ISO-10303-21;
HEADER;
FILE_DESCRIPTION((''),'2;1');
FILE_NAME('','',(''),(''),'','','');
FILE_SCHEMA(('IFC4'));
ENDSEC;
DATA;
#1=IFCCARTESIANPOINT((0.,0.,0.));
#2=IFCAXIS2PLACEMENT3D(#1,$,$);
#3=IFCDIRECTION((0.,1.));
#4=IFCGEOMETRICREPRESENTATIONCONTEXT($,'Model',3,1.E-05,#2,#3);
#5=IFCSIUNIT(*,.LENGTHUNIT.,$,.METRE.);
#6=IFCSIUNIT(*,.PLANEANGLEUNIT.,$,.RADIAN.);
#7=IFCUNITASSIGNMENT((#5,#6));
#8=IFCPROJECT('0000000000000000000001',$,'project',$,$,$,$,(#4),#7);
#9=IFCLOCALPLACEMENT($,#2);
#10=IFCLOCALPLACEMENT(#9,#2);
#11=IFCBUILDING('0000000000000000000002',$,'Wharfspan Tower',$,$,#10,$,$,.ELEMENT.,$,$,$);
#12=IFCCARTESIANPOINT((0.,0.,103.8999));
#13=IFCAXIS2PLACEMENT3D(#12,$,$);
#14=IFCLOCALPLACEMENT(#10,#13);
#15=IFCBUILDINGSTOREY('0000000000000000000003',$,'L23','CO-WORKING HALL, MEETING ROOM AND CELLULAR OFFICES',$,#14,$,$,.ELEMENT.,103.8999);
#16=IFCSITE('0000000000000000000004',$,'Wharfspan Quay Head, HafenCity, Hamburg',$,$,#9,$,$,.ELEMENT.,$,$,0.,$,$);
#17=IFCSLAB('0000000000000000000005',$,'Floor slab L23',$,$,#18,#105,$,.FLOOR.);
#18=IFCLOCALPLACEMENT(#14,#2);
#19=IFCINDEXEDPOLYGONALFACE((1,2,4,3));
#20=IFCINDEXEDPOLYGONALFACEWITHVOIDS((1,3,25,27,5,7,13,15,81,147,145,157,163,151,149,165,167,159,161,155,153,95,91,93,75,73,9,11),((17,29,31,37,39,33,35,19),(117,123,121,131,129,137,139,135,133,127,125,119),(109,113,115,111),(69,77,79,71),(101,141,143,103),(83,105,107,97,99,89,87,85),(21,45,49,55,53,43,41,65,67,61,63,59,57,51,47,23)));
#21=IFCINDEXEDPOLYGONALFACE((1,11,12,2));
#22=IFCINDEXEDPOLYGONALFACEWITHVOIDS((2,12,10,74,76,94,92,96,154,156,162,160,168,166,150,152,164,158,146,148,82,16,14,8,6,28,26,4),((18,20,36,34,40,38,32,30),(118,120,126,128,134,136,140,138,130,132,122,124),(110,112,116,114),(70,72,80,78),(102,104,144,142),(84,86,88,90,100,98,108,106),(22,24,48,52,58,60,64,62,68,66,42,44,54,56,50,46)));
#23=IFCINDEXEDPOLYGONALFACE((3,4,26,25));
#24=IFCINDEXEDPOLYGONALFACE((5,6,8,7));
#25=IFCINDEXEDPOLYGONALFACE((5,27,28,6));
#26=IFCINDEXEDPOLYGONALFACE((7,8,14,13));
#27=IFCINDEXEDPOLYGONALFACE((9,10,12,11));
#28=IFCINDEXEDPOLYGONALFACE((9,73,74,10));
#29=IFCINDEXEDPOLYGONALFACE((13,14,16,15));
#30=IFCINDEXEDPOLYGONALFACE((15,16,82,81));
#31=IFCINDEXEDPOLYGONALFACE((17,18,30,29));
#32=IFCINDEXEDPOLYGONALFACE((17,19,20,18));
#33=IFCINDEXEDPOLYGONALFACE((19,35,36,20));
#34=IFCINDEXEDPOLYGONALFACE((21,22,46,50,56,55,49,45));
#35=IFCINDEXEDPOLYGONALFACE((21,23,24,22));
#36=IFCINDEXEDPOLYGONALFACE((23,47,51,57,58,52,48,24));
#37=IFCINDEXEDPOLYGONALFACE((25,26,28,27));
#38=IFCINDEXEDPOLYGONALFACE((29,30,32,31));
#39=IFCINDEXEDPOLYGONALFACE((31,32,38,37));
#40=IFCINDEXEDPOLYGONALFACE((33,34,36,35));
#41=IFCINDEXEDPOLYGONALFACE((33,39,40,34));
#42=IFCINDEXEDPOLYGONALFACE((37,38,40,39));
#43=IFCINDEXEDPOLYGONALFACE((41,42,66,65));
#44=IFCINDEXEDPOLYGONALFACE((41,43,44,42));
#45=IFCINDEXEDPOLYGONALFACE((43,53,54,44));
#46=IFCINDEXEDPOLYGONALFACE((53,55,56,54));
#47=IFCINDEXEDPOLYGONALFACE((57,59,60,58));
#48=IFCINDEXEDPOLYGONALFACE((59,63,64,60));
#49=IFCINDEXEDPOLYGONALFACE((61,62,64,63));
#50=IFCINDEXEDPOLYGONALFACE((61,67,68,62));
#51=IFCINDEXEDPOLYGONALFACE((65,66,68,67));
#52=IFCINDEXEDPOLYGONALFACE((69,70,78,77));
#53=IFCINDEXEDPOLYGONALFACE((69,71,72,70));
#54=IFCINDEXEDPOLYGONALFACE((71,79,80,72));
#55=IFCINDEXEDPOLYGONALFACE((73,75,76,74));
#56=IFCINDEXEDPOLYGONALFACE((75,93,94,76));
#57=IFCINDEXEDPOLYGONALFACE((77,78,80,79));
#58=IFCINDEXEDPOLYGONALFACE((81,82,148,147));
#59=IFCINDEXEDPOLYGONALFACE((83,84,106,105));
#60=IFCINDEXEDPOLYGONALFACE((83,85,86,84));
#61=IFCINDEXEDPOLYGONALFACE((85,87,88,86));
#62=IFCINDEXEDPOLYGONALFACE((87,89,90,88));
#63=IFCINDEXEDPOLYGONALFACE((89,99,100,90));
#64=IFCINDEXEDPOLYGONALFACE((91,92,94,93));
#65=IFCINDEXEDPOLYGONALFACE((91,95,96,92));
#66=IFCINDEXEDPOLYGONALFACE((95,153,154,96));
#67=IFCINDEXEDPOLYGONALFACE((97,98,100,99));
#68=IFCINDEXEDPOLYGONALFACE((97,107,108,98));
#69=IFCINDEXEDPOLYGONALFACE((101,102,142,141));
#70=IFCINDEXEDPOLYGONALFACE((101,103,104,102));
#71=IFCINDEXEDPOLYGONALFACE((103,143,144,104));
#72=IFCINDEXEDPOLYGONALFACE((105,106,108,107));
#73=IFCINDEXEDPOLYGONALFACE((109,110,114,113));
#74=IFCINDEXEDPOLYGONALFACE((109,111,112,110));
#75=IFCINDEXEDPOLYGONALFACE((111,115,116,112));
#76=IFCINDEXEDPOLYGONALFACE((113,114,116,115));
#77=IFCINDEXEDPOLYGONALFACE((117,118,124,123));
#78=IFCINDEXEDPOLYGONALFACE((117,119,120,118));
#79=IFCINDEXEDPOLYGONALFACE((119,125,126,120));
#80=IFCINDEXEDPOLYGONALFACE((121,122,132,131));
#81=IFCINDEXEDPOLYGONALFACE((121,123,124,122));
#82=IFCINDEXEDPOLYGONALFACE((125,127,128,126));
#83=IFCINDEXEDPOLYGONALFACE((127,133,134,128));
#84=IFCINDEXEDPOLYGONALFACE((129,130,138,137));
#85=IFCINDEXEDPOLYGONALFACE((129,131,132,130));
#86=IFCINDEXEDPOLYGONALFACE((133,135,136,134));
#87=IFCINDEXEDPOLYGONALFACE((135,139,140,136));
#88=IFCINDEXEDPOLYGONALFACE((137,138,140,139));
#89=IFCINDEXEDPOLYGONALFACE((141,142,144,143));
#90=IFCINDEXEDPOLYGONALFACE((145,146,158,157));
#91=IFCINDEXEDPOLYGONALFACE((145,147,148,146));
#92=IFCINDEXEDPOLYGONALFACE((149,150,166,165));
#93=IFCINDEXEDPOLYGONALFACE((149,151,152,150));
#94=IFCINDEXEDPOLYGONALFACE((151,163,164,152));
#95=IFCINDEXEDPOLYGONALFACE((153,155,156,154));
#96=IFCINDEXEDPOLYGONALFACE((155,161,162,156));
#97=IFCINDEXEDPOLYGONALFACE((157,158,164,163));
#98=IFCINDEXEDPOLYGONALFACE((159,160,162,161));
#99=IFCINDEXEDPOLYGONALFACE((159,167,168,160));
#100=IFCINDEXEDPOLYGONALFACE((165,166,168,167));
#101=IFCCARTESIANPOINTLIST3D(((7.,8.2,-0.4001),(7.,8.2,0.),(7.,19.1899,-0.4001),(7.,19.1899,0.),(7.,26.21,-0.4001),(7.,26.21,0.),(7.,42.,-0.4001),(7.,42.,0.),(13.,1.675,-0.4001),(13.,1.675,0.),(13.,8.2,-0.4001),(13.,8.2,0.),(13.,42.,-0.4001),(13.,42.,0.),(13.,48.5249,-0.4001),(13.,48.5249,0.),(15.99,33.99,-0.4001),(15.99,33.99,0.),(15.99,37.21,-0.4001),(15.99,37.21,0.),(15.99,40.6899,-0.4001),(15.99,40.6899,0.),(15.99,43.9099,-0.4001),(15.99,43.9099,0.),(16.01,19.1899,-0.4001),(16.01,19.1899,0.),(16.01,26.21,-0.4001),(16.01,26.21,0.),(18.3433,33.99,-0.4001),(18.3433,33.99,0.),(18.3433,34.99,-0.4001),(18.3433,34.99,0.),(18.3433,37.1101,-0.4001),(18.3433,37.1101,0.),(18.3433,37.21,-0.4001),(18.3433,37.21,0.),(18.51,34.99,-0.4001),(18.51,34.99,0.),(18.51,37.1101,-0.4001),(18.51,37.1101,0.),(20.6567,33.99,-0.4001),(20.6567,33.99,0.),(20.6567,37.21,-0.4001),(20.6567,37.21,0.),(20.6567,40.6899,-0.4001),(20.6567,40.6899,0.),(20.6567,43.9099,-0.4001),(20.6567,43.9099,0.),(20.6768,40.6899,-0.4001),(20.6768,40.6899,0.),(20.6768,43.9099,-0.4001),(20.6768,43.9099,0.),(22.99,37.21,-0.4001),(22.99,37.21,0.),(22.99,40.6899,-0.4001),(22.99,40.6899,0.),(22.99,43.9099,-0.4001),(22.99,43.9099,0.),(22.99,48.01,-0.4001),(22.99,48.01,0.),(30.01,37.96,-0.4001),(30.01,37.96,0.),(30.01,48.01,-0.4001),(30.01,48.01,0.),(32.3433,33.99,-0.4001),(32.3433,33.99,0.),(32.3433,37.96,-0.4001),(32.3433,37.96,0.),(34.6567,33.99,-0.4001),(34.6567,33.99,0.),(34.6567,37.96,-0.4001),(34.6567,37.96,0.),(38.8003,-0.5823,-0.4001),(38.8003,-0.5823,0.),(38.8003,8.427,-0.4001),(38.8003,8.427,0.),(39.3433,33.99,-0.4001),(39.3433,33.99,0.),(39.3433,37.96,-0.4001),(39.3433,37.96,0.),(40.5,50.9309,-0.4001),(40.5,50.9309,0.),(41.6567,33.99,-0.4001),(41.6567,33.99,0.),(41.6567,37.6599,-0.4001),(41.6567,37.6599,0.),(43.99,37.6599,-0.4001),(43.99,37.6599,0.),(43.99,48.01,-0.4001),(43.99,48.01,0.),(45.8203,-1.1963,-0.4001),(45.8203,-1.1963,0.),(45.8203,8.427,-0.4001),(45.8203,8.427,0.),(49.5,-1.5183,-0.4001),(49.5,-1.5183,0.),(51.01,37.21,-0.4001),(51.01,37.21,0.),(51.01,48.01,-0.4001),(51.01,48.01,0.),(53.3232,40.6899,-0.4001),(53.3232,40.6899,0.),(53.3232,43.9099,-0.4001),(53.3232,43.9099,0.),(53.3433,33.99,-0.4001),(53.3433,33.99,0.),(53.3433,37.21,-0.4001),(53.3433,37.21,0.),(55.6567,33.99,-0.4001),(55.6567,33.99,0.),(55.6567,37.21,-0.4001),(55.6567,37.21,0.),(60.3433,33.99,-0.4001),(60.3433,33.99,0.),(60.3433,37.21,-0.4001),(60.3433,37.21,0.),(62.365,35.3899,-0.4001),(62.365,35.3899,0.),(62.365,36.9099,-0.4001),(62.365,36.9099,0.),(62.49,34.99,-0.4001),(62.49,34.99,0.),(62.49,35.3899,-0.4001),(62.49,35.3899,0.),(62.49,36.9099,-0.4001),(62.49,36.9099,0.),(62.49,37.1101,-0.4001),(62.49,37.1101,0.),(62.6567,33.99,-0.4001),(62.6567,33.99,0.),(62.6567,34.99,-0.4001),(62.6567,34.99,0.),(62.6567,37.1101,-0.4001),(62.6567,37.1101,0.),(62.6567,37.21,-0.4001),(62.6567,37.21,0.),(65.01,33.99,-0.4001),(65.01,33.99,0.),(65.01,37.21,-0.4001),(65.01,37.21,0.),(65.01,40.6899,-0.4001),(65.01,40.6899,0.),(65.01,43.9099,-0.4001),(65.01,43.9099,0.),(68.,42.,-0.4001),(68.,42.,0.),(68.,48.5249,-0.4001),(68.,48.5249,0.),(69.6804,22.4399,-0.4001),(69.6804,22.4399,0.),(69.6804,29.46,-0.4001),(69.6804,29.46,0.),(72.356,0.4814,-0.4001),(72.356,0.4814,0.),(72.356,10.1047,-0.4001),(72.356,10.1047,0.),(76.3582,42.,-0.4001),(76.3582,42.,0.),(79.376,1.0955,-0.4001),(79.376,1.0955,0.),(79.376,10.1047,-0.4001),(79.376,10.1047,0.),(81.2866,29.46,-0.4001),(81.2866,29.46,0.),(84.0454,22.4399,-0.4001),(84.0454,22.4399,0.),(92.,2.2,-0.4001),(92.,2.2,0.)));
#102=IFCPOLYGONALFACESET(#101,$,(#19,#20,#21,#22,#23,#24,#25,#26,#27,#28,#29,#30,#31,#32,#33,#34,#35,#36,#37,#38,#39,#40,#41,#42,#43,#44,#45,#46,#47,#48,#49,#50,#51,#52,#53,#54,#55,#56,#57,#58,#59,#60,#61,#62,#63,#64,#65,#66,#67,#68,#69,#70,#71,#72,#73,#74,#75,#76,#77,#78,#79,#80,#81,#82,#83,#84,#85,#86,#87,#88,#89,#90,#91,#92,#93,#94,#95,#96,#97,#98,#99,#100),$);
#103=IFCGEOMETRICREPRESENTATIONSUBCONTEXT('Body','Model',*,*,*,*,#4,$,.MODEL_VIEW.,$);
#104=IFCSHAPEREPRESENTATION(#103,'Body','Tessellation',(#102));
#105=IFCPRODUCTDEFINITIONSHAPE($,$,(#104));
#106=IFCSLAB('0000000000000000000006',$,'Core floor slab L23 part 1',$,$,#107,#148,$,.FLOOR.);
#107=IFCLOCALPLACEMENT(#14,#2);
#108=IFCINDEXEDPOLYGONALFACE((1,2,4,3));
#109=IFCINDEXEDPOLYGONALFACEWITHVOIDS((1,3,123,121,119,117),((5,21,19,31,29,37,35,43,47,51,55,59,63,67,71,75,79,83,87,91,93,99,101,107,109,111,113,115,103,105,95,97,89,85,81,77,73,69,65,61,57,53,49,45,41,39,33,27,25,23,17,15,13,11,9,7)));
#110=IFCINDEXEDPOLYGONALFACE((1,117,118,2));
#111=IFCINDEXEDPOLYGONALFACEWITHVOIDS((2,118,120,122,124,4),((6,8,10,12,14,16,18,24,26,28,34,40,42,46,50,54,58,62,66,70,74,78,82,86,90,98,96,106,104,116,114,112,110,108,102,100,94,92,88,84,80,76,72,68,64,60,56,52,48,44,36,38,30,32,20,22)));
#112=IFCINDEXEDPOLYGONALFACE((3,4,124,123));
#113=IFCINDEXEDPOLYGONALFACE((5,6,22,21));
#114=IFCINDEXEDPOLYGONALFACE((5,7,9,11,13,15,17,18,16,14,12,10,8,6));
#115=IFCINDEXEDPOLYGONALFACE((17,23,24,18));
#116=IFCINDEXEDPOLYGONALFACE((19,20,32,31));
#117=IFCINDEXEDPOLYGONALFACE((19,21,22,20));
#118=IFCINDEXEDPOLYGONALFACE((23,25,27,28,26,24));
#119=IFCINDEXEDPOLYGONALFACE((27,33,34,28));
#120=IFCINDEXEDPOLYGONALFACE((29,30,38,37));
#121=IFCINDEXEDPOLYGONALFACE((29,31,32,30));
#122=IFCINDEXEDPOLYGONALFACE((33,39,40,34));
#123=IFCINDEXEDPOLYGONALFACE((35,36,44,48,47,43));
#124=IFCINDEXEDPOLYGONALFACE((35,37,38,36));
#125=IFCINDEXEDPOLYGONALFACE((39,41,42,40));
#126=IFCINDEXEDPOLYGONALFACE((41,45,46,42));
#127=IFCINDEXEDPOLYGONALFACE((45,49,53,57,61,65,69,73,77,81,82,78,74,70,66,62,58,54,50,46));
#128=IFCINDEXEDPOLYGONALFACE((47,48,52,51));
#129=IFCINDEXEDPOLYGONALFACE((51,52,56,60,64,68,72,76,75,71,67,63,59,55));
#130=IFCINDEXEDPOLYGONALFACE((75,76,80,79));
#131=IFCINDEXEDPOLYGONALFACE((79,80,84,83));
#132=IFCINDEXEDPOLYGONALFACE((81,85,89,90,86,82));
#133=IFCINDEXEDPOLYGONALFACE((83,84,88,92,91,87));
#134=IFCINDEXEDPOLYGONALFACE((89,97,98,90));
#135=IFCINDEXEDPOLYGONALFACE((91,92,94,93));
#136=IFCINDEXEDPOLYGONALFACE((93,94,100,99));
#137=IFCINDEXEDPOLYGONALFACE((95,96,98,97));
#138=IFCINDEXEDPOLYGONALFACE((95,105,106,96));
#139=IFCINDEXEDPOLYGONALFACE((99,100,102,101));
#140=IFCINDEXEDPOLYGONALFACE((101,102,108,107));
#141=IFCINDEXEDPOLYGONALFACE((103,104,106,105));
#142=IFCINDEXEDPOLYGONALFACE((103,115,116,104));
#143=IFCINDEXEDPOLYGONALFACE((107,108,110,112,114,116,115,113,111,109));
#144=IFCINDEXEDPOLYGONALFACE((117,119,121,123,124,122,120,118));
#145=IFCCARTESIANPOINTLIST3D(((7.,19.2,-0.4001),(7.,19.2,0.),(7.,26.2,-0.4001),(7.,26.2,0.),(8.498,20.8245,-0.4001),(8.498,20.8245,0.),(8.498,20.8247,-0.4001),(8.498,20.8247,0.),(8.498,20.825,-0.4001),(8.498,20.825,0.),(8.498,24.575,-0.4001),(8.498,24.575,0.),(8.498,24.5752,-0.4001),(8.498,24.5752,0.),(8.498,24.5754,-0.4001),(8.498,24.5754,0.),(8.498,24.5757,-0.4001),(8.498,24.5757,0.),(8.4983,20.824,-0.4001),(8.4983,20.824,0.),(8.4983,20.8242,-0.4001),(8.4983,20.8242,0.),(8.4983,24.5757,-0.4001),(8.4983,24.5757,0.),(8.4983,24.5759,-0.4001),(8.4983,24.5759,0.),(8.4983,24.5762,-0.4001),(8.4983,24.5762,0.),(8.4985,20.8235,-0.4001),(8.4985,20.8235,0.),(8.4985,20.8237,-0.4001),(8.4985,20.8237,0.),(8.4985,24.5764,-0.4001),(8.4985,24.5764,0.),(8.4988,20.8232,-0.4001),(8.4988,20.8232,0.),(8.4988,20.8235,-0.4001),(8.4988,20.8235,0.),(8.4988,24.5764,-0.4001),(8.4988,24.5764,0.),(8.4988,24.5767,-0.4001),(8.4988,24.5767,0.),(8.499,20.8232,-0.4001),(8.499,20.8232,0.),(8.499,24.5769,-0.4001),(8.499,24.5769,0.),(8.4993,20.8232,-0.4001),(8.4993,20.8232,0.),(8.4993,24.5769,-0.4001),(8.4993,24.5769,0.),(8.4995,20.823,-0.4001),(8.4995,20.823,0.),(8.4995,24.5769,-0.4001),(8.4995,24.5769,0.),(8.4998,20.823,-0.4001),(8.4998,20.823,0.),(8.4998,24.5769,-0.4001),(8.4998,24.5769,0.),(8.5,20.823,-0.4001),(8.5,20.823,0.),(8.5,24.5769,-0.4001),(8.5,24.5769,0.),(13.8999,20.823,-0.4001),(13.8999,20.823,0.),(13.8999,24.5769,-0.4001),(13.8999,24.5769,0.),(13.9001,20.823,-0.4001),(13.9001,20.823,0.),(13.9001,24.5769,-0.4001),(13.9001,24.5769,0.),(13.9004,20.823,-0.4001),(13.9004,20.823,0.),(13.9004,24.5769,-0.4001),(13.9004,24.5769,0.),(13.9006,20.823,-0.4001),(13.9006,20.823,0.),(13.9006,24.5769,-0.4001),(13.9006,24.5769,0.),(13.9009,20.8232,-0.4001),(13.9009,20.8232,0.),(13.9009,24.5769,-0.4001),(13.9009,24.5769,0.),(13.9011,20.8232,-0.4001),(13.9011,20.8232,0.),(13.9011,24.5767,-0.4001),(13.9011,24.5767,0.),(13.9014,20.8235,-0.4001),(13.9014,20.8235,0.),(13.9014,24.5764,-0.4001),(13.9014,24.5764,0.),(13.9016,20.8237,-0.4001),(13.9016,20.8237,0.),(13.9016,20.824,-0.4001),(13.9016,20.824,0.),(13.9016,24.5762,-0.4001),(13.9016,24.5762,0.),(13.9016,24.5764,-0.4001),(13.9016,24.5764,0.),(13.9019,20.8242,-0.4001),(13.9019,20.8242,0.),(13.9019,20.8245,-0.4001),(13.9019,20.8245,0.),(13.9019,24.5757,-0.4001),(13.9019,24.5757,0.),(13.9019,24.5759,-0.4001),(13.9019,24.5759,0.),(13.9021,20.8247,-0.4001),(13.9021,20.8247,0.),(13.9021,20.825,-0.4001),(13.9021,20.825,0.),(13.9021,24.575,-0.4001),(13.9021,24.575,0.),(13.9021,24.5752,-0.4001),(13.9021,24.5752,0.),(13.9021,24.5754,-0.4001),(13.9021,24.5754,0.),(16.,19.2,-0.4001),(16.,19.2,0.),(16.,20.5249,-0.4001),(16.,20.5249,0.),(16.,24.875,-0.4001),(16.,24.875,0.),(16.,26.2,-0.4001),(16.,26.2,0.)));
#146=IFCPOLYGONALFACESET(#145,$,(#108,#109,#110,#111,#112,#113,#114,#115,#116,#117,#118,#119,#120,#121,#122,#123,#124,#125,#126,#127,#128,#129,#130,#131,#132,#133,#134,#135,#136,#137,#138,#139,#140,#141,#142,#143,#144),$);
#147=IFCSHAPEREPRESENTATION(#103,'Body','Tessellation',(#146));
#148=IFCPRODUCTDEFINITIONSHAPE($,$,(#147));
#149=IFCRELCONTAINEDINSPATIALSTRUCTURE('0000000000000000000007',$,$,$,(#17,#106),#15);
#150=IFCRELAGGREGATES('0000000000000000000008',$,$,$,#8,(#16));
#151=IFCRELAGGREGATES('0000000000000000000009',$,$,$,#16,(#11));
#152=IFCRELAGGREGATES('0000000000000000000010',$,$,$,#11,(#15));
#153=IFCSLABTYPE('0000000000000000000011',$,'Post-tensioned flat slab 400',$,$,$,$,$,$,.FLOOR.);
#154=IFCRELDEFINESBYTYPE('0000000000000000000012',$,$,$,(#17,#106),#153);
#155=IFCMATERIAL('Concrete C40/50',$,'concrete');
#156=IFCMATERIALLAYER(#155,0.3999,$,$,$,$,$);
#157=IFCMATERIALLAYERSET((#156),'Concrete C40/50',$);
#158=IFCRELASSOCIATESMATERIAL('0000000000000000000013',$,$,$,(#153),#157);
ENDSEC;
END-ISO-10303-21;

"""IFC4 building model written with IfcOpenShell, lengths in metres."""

from ifc_helpers import new_model, si_unit, direction, frame, origin, place, context, subcontext, project, spatial, polyline, outline, extrude, material, layer, layer_set, type_object, element, save


model = new_model("IFC4")

# Units and contexts
model_context = context("Model", 3, precision=1e-05, world=origin(), true_north=direction((0.0, 1.0)))
body_context = subcontext(model_context, "Body", "Model", "MODEL_VIEW")
ifc_project = project(units=[si_unit("LENGTHUNIT", "METRE"), si_unit("PLANEANGLEUNIT", "RADIAN")], contexts=[model_context])

# Site, building, storey
site_placement = place(None, origin())
site = spatial("IfcSite", under=ifc_project, at=site_placement, Name="Wharfspan Quay Head, HafenCity, Hamburg", CompositionType="ELEMENT", RefElevation=0.0)
building_placement = place(site_placement, origin())
building = spatial("IfcBuilding", under=site, at=building_placement, Name="Wharfspan Tower", CompositionType="ELEMENT")
storey_placement = place(building_placement, frame((0.0, 0.0, 103.8999)))
storey = spatial("IfcBuildingStorey", under=building, at=storey_placement, Name="L23", Description="CO-WORKING HALL, MEETING ROOM AND CELLULAR OFFICES", CompositionType="ELEMENT", Elevation=103.8999)

# Slabs
ifc_material_1 = material(Name="Concrete C40/50", Category="concrete")
ifc_layer_1 = layer(ifc_material_1, 0.3999)
ifc_layer_set_1 = layer_set([ifc_layer_1], Name="Concrete C40/50")
slab_type_1 = type_object("IfcSlabType", Name="Post-tensioned flat slab 400", PredefinedType="FLOOR", material=ifc_layer_set_1)
slab_1_placement = place(storey_placement, frame((0.0, 0.0, -0.4001)))
element("IfcSlab", 1, at=slab_1_placement, inside=storey, type_object=slab_type_1, Name="Floor slab L23", PredefinedType="FLOOR", context=body_context, shape_type="SweptSolid", body=[
    extrude(outline(polyline([(38.8003, -0.5823), (38.8003, 8.427), (45.8203, 8.427), (45.8203, -1.1963), (49.5, -1.5183), (72.356, 0.4814), (72.356, 10.1047), (79.376, 10.1047), (79.376, 1.0955), (92.0, 2.2), (84.0454, 22.4399), (69.6804, 22.4399), (69.6804, 29.46), (81.2866, 29.46), (76.3582, 42.0), (68.0, 42.0), (68.0, 48.5249), (40.5, 50.9309), (13.0, 48.5249), (13.0, 42.0), (7.0, 42.0), (7.0, 26.21), (16.01, 26.21), (16.01, 19.1899), (7.0, 19.1899), (7.0, 8.2), (13.0, 8.2), (13.0, 1.675), (38.8003, -0.5823)]), holes=[polyline([(62.49, 35.3899), (62.365, 35.3899), (62.365, 36.9099), (62.49, 36.9099), (62.49, 37.1101), (62.6567, 37.1101), (62.6567, 37.21), (65.01, 37.21), (65.01, 33.99), (62.6567, 33.99), (62.6567, 34.99), (62.49, 34.99), (62.49, 35.3899)]), polyline([(65.01, 43.9099), (65.01, 40.6899), (53.3232, 40.6899), (53.3232, 43.9099), (65.01, 43.9099)]), polyline([(55.6567, 33.99), (55.6567, 37.21), (60.3433, 37.21), (60.3433, 33.99), (55.6567, 33.99)]), polyline([(43.99, 37.6599), (43.99, 48.01), (51.01, 48.01), (51.01, 37.21), (53.3433, 37.21), (53.3433, 33.99), (41.6567, 33.99), (41.6567, 37.6599), (43.99, 37.6599)]), polyline([(34.6567, 33.99), (34.6567, 37.96), (39.3433, 37.96), (39.3433, 33.99), (34.6567, 33.99)]), polyline([(20.6567, 37.21), (22.99, 37.21), (22.99, 40.6899), (20.6768, 40.6899), (20.6567, 40.6899), (15.99, 40.6899), (15.99, 43.9099), (20.6567, 43.9099), (20.6768, 43.9099), (22.99, 43.9099), (22.99, 48.01), (30.01, 48.01), (30.01, 37.96), (32.3433, 37.96), (32.3433, 33.99), (20.6567, 33.99), (20.6567, 37.21)]), polyline([(18.51, 34.99), (18.3433, 34.99), (18.3433, 33.99), (15.99, 33.99), (15.99, 37.21), (18.3433, 37.21), (18.3433, 37.1101), (18.51, 37.1101), (18.51, 34.99)])]), origin(), (0.0, 0.0, 1.0), 0.4001),
])
slab_2_placement = place(storey_placement, frame((0.0, 0.0, -0.4001)))
element("IfcSlab", 2, at=slab_2_placement, inside=storey, type_object=slab_type_1, Name="Core floor slab L23 part 1", PredefinedType="FLOOR", context=body_context, shape_type="SweptSolid", body=[
    extrude(outline(polyline([(16.0, 20.5249), (16.0, 24.875), (16.0, 26.2), (7.0, 26.2), (7.0, 19.2), (16.0, 19.2), (16.0, 20.5249)]), holes=[polyline([(13.9021, 20.825), (13.9021, 20.8247), (13.9021, 20.8247), (13.9019, 20.8245), (13.9019, 20.8242), (13.9019, 20.8242), (13.9016, 20.824), (13.9016, 20.8237), (13.9014, 20.8235), (13.9014, 20.8235), (13.9011, 20.8232), (13.9009, 20.8232), (13.9009, 20.8232), (13.9006, 20.823), (13.9004, 20.823), (13.9001, 20.823), (13.8999, 20.823), (8.5, 20.823), (8.4998, 20.823), (8.4995, 20.823), (8.4995, 20.823), (8.4993, 20.8232), (8.499, 20.8232), (8.4988, 20.8232), (8.4988, 20.8235), (8.4985, 20.8235), (8.4985, 20.8237), (8.4983, 20.824), (8.4983, 20.8242), (8.4983, 20.8242), (8.498, 20.8245), (8.498, 20.8247), (8.498, 20.8247), (8.498, 20.825), (8.498, 24.575), (8.498, 24.5752), (8.498, 24.5754), (8.498, 24.5757), (8.4983, 24.5757), (8.4983, 24.5759), (8.4983, 24.5762), (8.4985, 24.5764), (8.4985, 24.5764), (8.4988, 24.5764), (8.4988, 24.5767), (8.499, 24.5769), (8.4993, 24.5769), (8.4995, 24.5769), (8.4995, 24.5769), (8.4998, 24.5769), (8.5, 24.5769), (13.8999, 24.5769), (13.9001, 24.5769), (13.9004, 24.5769), (13.9006, 24.5769), (13.9009, 24.5769), (13.9009, 24.5769), (13.9011, 24.5767), (13.9014, 24.5764), (13.9014, 24.5764), (13.9016, 24.5764), (13.9016, 24.5762), (13.9019, 24.5759), (13.9019, 24.5757), (13.9019, 24.5757), (13.9021, 24.5754), (13.9021, 24.5752), (13.9021, 24.575), (13.9021, 20.825)])]), origin(), (0.0, 0.0, 1.0), 0.4001),
])

save(model, "model.ifc")
